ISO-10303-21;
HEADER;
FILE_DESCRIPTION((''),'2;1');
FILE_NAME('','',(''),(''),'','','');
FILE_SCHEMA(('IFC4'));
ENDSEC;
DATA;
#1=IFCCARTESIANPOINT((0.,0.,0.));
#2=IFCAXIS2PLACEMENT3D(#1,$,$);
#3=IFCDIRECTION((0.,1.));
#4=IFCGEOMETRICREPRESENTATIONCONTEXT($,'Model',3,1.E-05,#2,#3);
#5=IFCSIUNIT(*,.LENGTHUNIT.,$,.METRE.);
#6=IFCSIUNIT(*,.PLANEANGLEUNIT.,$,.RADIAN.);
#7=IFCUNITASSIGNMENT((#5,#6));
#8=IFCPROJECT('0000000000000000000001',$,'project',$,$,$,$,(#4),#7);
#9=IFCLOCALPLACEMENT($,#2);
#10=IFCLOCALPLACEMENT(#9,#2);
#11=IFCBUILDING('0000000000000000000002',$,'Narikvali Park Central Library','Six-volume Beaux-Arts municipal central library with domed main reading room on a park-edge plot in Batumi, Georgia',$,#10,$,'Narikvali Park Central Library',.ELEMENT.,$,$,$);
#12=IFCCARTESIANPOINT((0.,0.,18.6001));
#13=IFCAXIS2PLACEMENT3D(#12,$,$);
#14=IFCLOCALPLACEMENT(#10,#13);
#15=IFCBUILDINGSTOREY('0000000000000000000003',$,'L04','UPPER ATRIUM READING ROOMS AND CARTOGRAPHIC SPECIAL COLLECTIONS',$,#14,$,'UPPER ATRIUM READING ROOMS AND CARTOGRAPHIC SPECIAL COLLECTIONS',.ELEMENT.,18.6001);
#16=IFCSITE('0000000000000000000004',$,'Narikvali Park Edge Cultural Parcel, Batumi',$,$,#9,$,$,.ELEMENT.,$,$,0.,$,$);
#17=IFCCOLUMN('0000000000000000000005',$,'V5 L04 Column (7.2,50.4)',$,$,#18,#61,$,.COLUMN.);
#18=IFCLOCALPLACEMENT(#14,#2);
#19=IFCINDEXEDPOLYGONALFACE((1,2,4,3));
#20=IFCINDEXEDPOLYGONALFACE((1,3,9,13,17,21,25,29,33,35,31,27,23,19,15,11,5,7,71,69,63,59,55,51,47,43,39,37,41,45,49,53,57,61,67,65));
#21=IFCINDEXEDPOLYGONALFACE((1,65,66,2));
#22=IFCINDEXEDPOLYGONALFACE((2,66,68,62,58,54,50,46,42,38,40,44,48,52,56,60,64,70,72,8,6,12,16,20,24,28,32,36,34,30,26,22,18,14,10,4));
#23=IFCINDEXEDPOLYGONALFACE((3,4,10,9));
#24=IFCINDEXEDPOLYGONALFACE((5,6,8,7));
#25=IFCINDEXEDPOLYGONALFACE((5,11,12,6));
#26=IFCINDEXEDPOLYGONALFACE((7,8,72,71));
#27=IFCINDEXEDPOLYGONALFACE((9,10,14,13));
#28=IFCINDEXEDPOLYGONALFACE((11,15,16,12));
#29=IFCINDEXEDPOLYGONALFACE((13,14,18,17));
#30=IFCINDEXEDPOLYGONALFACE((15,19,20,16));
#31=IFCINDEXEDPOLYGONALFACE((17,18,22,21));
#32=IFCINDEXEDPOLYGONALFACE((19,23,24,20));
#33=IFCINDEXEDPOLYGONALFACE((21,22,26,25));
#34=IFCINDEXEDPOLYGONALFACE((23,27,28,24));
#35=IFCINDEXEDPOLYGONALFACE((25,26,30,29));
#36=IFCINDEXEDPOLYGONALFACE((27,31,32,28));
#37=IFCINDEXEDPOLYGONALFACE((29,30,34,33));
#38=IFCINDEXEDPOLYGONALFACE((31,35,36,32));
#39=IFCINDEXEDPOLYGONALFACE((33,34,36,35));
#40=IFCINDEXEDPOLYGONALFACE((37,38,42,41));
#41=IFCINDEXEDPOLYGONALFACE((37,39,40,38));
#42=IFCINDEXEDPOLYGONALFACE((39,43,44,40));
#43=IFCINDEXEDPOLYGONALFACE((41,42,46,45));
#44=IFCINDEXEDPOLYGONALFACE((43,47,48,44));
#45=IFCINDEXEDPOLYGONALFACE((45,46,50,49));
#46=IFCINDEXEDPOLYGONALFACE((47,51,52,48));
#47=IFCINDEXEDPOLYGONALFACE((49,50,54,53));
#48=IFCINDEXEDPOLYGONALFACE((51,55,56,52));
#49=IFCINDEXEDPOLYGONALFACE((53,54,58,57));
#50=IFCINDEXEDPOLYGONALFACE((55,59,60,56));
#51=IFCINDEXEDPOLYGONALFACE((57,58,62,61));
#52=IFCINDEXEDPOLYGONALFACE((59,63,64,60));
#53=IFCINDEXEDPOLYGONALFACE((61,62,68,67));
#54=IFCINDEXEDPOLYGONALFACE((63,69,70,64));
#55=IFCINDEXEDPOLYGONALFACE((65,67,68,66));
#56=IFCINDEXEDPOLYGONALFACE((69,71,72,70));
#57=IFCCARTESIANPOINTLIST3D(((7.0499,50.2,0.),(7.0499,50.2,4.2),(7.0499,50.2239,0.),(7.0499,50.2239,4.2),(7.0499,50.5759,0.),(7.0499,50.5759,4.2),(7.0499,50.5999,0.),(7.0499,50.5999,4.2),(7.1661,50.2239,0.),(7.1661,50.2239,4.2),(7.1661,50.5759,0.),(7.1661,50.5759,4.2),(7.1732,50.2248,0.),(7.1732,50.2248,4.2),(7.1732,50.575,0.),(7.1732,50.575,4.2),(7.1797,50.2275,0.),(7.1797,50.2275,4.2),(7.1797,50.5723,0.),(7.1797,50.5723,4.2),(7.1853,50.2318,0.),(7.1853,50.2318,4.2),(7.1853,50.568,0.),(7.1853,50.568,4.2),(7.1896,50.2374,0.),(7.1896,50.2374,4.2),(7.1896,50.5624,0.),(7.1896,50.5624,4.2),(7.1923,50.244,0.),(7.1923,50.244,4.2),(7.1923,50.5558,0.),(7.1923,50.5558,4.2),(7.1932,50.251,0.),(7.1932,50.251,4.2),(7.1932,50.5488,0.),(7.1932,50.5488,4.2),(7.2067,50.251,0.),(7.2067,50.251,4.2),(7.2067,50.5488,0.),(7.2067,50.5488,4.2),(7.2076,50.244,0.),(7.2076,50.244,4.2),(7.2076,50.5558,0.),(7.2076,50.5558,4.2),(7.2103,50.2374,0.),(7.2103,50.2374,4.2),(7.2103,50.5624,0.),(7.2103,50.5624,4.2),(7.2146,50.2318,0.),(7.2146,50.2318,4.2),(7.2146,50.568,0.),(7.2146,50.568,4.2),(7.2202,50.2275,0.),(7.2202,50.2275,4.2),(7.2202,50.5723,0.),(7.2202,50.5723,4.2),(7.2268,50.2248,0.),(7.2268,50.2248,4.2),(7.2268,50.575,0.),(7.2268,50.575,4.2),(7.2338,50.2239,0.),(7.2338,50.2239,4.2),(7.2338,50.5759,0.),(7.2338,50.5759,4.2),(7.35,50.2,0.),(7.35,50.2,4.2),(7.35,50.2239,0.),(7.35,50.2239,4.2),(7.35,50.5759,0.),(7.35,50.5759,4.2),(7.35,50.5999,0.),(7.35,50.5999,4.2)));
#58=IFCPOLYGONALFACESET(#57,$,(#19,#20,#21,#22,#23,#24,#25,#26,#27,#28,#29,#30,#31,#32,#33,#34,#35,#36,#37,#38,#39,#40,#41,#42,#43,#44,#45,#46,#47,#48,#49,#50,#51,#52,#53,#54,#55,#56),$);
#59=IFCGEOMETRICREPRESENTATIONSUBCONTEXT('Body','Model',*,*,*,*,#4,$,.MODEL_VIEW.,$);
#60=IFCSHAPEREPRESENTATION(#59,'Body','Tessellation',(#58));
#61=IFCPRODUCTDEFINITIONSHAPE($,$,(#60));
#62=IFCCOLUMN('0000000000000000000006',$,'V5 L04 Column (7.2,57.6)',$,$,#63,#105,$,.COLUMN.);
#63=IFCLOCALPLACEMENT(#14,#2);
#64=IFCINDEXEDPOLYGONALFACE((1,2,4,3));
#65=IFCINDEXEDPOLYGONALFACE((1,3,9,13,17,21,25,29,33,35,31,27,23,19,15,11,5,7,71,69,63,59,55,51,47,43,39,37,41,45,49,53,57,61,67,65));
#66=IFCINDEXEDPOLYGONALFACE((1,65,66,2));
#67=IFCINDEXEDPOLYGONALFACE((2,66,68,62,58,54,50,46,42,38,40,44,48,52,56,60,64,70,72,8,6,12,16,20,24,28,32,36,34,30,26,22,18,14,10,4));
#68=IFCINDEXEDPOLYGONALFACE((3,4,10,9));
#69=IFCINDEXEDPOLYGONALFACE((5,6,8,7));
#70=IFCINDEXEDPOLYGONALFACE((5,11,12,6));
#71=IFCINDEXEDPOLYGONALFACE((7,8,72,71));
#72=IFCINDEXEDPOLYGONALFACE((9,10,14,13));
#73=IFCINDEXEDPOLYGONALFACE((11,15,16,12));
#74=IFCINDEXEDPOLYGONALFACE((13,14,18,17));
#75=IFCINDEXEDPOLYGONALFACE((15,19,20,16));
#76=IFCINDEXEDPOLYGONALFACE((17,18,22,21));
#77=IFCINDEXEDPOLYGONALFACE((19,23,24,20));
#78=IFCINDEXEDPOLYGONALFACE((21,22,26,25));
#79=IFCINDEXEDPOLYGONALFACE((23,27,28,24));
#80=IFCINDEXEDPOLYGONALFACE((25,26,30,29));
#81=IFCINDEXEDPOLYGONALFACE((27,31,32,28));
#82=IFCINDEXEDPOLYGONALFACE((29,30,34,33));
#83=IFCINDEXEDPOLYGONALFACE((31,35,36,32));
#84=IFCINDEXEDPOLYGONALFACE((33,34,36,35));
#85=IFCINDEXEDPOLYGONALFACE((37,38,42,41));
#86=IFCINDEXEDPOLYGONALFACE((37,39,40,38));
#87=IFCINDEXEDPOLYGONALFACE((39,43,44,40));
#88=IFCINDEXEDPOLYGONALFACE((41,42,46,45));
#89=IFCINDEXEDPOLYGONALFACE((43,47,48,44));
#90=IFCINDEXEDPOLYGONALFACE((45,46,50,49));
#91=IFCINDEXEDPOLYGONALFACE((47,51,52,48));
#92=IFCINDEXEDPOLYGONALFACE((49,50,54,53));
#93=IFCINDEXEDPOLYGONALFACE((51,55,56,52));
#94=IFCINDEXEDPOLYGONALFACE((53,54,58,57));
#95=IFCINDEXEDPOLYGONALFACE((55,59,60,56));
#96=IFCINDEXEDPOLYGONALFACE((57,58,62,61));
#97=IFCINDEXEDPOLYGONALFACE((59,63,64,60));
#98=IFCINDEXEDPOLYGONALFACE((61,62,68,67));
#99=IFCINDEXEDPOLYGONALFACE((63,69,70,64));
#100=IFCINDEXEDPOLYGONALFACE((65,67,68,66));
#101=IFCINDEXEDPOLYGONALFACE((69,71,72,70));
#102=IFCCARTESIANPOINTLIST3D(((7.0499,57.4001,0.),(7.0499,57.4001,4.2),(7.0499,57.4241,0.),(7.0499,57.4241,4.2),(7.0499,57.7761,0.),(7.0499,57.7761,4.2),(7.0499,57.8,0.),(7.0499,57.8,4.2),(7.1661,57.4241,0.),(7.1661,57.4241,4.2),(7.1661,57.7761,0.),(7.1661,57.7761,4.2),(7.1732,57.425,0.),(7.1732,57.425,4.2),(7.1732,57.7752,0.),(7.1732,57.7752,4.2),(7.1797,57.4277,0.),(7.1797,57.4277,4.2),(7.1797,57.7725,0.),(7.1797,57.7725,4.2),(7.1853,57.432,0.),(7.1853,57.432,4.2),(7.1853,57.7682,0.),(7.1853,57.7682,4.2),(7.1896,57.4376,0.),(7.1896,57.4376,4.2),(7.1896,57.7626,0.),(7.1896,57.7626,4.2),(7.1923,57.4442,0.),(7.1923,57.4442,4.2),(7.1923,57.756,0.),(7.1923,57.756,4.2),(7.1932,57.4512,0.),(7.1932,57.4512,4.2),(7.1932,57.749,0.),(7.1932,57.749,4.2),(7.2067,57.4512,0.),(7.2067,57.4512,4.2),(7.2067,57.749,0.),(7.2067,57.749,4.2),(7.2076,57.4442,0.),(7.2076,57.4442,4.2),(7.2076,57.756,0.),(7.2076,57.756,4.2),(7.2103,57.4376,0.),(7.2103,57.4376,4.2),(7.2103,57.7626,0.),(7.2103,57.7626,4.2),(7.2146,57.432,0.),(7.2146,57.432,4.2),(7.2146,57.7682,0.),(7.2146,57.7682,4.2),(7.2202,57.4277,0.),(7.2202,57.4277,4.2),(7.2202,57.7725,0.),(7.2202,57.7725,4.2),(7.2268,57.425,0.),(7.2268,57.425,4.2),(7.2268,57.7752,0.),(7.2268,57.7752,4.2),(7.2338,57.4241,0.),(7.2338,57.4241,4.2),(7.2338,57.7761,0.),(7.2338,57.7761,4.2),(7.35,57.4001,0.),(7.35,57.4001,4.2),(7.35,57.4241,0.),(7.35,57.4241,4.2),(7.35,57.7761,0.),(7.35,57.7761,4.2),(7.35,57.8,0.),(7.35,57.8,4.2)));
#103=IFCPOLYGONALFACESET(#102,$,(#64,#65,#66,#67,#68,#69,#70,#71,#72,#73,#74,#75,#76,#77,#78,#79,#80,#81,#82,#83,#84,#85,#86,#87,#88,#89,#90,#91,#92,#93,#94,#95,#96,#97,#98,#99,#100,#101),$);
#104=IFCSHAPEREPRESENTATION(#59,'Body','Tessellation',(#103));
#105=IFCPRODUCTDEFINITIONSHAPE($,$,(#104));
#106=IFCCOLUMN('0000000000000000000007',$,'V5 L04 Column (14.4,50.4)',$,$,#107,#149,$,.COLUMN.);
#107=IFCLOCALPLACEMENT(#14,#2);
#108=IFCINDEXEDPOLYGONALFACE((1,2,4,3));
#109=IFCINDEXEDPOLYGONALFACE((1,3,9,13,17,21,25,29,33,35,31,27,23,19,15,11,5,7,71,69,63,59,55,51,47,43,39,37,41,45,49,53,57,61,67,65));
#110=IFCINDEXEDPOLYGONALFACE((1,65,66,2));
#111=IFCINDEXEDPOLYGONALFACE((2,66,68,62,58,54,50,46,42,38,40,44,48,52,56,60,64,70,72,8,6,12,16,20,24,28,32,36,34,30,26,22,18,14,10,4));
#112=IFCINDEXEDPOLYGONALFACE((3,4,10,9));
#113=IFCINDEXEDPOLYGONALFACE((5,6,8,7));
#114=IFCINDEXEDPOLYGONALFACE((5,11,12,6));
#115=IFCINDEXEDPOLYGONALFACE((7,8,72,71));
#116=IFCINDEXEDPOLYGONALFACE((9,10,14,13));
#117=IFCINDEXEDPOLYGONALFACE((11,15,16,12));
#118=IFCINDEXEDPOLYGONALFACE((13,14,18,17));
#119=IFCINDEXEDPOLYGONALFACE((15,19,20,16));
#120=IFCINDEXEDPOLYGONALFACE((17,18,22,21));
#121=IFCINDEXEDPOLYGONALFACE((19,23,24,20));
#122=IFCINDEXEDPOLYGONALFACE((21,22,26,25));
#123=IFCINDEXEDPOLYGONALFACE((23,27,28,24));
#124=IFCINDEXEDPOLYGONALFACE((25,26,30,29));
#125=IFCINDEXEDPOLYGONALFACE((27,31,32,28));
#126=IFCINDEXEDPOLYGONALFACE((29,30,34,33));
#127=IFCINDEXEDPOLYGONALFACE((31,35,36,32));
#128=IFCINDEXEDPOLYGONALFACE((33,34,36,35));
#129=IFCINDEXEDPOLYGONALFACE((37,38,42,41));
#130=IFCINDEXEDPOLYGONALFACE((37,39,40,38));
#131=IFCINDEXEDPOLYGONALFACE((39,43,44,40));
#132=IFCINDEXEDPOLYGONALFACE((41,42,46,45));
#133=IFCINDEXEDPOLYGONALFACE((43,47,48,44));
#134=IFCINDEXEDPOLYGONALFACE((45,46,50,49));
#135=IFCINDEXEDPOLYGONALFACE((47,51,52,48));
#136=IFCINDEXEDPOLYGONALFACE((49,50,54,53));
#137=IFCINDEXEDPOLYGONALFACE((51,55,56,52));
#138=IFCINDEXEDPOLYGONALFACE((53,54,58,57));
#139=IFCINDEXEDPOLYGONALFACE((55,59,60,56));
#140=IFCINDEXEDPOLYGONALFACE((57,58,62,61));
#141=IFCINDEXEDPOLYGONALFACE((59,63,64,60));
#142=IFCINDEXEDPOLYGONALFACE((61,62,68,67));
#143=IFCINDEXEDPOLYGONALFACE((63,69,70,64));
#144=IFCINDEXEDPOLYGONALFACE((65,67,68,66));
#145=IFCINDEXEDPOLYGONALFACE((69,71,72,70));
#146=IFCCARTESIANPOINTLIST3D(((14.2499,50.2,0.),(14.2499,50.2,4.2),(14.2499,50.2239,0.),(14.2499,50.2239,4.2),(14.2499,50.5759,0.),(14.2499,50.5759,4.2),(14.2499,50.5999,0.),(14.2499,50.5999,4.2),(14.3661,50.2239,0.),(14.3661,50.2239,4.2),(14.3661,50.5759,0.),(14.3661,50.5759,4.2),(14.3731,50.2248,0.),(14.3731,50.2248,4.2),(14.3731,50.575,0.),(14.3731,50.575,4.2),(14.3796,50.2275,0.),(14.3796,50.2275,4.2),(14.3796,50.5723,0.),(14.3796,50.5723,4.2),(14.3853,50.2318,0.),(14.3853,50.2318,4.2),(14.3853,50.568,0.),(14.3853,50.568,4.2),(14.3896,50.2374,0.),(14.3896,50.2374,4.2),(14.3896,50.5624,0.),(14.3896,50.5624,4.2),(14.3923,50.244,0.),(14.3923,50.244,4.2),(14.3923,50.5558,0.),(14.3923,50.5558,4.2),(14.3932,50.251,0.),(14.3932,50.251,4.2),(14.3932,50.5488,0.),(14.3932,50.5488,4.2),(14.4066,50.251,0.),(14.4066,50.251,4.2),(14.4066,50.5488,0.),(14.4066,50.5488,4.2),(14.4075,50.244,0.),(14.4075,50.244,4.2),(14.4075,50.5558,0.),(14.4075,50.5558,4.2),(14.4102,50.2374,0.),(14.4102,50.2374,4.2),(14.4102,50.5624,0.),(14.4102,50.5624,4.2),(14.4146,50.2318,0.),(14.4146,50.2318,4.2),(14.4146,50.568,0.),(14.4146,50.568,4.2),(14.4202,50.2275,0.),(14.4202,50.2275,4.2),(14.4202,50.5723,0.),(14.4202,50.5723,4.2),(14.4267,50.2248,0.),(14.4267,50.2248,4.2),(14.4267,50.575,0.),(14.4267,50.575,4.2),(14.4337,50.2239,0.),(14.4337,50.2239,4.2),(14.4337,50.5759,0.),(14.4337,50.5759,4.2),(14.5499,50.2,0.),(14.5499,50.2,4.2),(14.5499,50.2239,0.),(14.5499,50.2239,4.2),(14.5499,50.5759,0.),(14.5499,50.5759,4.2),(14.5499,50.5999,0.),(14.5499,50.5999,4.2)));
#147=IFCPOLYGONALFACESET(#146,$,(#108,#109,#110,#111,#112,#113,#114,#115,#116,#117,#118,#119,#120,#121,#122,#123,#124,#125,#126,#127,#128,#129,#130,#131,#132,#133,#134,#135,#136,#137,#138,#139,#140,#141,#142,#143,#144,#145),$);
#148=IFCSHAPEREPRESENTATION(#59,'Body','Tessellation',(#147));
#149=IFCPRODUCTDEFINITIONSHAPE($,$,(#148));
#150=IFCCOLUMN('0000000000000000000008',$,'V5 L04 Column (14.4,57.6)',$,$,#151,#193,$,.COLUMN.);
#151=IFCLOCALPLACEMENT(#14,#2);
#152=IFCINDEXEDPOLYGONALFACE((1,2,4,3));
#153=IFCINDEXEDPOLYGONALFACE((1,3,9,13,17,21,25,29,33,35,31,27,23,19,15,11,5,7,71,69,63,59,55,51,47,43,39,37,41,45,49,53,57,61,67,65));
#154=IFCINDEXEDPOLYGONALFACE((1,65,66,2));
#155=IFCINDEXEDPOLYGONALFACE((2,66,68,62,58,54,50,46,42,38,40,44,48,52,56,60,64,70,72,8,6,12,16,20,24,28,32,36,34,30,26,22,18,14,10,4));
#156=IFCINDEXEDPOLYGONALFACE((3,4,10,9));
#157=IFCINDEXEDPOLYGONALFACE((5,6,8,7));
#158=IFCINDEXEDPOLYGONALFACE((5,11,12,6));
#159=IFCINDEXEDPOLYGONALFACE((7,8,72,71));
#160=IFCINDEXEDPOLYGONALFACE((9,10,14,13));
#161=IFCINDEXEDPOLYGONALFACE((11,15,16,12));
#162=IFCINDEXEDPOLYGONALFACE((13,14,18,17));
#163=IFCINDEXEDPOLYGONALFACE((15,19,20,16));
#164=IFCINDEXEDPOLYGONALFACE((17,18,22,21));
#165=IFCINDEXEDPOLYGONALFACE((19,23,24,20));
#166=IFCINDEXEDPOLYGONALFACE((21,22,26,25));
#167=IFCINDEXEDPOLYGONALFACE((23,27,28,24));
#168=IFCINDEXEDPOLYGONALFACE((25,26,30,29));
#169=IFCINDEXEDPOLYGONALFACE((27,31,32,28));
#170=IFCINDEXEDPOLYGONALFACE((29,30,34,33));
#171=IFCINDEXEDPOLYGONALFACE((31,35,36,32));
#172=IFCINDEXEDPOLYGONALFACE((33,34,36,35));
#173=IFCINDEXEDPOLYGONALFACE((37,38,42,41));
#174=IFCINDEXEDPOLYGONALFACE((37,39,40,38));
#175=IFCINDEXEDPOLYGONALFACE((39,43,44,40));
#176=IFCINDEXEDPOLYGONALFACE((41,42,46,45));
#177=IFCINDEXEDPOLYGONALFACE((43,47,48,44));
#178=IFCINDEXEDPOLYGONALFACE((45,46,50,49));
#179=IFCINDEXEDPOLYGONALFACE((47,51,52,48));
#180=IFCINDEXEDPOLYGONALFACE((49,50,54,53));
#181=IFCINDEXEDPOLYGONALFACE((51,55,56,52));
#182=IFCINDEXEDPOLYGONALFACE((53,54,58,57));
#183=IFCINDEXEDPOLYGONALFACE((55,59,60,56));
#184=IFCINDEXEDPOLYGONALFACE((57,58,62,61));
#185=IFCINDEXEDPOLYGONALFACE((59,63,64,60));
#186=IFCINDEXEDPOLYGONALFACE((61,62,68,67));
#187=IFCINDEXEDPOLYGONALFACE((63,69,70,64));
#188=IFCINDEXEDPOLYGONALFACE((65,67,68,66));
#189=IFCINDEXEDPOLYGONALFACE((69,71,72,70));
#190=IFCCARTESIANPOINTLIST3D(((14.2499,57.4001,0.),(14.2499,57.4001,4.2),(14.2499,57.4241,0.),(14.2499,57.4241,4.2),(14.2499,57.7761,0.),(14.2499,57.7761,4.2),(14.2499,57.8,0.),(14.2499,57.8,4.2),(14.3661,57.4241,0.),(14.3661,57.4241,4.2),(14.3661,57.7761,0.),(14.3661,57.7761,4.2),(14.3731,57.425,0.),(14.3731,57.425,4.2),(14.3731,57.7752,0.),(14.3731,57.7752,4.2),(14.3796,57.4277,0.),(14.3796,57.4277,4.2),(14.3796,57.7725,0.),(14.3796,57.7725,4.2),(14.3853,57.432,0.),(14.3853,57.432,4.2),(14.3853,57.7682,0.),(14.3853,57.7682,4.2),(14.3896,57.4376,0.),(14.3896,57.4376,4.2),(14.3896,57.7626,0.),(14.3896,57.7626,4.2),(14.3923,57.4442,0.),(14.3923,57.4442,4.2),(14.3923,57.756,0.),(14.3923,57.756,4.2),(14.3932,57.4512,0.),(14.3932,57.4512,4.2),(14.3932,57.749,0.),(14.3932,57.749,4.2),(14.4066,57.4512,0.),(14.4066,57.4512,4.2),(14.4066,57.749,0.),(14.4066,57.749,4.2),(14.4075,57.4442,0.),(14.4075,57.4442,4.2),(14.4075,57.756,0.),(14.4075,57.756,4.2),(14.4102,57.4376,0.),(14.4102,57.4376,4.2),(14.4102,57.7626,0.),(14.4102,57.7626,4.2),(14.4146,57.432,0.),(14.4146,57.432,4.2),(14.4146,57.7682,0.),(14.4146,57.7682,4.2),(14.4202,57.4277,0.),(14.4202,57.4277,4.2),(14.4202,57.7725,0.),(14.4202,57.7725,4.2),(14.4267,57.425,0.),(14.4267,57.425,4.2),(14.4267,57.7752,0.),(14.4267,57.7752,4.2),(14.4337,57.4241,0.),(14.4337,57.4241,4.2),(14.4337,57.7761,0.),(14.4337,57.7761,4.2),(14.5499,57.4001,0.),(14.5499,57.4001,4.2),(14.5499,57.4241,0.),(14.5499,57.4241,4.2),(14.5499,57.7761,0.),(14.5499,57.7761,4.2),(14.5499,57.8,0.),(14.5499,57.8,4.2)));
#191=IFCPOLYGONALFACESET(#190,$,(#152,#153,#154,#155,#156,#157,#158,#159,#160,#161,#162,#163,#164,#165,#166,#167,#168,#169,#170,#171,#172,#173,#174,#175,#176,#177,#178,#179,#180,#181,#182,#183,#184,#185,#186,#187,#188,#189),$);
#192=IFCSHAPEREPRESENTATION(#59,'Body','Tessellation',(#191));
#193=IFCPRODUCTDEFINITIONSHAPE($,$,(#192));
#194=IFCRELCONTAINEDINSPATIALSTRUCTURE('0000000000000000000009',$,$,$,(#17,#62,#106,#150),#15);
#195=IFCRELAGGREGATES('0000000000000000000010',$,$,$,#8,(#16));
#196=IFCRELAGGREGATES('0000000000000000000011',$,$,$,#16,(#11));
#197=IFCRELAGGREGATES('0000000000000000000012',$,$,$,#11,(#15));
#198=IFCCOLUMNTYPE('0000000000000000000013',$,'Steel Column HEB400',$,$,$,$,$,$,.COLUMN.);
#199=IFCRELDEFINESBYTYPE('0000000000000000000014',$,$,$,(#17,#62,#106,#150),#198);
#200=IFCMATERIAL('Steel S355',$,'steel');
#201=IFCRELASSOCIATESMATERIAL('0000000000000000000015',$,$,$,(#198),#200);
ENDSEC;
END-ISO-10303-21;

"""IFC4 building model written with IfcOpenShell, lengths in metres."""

from ifc_helpers import new_model, si_unit, direction, frame, origin, origin_2d, place, context, subcontext, project, spatial, i_section, extrude, material, material_profile, profile_set, type_object, element, save


model = new_model("IFC4")

# Units and contexts
model_context = context("Model", 3, precision=1e-05, world=origin(), true_north=direction((0.0, 1.0)))
body_context = subcontext(model_context, "Body", "Model", "MODEL_VIEW")
ifc_project = project(units=[si_unit("LENGTHUNIT", "METRE"), si_unit("PLANEANGLEUNIT", "RADIAN")], contexts=[model_context])

# Site, building, storey
site_placement = place(None, origin())
site = spatial("IfcSite", under=ifc_project, at=site_placement, Name="Narikvali Park Edge Cultural Parcel, Batumi", CompositionType="ELEMENT", RefElevation=0.0)
building_placement = place(site_placement, origin())
building = spatial("IfcBuilding", under=site, at=building_placement, Name="Narikvali Park Central Library", Description="Six-volume Beaux-Arts municipal central library with domed main reading room on a park-edge plot in Batumi, Georgia", LongName="Narikvali Park Central Library", CompositionType="ELEMENT")
storey_placement = place(building_placement, frame((0.0, 0.0, 18.6001)))
storey = spatial("IfcBuildingStorey", under=building, at=storey_placement, Name="L04", Description="UPPER ATRIUM READING ROOMS AND CARTOGRAPHIC SPECIAL COLLECTIONS", LongName="UPPER ATRIUM READING ROOMS AND CARTOGRAPHIC SPECIAL COLLECTIONS", CompositionType="ELEMENT", Elevation=18.6001)

# Columns
ifc_material_1 = material(Name="Steel S355", Category="steel")
ifc_material_profile_1 = material_profile(ifc_material_1, i_section(OverallWidth=0.3, OverallDepth=0.3999, WebThickness=0.0134, FlangeThickness=0.0239, FilletRadius=0.0271, at=origin_2d()), Name="HEB 400")
ifc_profile_set_1 = profile_set([ifc_material_profile_1], Name="Steel S355")
column_type = type_object("IfcColumnType", Name="Steel Column HEB400", PredefinedType="COLUMN", material=ifc_profile_set_1)
for number, where, z_axis, x_axis, name in (
    (1, (7.2, 50.3999, 0.0), (0.0, 0.0, 1.0), (1.0, 0.0, 0.0), "V5 L04 Column (7.2,50.4)"),
    (2, (7.2, 57.6001, 0.0), (0.0, 0.0, 1.0), (1.0, 0.0, 0.0), "V5 L04 Column (7.2,57.6)"),
    (3, (14.3999, 50.3999, 0.0), (0.0, 0.0, 1.0), (1.0, 0.0, 0.0), "V5 L04 Column (14.4,50.4)"),
    (4, (14.3999, 57.6001, 0.0), (0.0, 0.0, 1.0), (1.0, 0.0, 0.0), "V5 L04 Column (14.4,57.6)"),
):
    element("IfcColumn", number, at=place(storey_placement, frame(where, z_axis=z_axis, x_axis=x_axis)), inside=storey, type_object=column_type, Name=name, PredefinedType="COLUMN", context=body_context, shape_type="SweptSolid", body=[
        extrude(i_section(OverallWidth=0.3, OverallDepth=0.3999, WebThickness=0.0134, FlangeThickness=0.0239, FilletRadius=0.0271, at=origin_2d()), origin(), (0.0, 0.0, 1.0), 4.2),
    ])

save(model, "model.ifc")
